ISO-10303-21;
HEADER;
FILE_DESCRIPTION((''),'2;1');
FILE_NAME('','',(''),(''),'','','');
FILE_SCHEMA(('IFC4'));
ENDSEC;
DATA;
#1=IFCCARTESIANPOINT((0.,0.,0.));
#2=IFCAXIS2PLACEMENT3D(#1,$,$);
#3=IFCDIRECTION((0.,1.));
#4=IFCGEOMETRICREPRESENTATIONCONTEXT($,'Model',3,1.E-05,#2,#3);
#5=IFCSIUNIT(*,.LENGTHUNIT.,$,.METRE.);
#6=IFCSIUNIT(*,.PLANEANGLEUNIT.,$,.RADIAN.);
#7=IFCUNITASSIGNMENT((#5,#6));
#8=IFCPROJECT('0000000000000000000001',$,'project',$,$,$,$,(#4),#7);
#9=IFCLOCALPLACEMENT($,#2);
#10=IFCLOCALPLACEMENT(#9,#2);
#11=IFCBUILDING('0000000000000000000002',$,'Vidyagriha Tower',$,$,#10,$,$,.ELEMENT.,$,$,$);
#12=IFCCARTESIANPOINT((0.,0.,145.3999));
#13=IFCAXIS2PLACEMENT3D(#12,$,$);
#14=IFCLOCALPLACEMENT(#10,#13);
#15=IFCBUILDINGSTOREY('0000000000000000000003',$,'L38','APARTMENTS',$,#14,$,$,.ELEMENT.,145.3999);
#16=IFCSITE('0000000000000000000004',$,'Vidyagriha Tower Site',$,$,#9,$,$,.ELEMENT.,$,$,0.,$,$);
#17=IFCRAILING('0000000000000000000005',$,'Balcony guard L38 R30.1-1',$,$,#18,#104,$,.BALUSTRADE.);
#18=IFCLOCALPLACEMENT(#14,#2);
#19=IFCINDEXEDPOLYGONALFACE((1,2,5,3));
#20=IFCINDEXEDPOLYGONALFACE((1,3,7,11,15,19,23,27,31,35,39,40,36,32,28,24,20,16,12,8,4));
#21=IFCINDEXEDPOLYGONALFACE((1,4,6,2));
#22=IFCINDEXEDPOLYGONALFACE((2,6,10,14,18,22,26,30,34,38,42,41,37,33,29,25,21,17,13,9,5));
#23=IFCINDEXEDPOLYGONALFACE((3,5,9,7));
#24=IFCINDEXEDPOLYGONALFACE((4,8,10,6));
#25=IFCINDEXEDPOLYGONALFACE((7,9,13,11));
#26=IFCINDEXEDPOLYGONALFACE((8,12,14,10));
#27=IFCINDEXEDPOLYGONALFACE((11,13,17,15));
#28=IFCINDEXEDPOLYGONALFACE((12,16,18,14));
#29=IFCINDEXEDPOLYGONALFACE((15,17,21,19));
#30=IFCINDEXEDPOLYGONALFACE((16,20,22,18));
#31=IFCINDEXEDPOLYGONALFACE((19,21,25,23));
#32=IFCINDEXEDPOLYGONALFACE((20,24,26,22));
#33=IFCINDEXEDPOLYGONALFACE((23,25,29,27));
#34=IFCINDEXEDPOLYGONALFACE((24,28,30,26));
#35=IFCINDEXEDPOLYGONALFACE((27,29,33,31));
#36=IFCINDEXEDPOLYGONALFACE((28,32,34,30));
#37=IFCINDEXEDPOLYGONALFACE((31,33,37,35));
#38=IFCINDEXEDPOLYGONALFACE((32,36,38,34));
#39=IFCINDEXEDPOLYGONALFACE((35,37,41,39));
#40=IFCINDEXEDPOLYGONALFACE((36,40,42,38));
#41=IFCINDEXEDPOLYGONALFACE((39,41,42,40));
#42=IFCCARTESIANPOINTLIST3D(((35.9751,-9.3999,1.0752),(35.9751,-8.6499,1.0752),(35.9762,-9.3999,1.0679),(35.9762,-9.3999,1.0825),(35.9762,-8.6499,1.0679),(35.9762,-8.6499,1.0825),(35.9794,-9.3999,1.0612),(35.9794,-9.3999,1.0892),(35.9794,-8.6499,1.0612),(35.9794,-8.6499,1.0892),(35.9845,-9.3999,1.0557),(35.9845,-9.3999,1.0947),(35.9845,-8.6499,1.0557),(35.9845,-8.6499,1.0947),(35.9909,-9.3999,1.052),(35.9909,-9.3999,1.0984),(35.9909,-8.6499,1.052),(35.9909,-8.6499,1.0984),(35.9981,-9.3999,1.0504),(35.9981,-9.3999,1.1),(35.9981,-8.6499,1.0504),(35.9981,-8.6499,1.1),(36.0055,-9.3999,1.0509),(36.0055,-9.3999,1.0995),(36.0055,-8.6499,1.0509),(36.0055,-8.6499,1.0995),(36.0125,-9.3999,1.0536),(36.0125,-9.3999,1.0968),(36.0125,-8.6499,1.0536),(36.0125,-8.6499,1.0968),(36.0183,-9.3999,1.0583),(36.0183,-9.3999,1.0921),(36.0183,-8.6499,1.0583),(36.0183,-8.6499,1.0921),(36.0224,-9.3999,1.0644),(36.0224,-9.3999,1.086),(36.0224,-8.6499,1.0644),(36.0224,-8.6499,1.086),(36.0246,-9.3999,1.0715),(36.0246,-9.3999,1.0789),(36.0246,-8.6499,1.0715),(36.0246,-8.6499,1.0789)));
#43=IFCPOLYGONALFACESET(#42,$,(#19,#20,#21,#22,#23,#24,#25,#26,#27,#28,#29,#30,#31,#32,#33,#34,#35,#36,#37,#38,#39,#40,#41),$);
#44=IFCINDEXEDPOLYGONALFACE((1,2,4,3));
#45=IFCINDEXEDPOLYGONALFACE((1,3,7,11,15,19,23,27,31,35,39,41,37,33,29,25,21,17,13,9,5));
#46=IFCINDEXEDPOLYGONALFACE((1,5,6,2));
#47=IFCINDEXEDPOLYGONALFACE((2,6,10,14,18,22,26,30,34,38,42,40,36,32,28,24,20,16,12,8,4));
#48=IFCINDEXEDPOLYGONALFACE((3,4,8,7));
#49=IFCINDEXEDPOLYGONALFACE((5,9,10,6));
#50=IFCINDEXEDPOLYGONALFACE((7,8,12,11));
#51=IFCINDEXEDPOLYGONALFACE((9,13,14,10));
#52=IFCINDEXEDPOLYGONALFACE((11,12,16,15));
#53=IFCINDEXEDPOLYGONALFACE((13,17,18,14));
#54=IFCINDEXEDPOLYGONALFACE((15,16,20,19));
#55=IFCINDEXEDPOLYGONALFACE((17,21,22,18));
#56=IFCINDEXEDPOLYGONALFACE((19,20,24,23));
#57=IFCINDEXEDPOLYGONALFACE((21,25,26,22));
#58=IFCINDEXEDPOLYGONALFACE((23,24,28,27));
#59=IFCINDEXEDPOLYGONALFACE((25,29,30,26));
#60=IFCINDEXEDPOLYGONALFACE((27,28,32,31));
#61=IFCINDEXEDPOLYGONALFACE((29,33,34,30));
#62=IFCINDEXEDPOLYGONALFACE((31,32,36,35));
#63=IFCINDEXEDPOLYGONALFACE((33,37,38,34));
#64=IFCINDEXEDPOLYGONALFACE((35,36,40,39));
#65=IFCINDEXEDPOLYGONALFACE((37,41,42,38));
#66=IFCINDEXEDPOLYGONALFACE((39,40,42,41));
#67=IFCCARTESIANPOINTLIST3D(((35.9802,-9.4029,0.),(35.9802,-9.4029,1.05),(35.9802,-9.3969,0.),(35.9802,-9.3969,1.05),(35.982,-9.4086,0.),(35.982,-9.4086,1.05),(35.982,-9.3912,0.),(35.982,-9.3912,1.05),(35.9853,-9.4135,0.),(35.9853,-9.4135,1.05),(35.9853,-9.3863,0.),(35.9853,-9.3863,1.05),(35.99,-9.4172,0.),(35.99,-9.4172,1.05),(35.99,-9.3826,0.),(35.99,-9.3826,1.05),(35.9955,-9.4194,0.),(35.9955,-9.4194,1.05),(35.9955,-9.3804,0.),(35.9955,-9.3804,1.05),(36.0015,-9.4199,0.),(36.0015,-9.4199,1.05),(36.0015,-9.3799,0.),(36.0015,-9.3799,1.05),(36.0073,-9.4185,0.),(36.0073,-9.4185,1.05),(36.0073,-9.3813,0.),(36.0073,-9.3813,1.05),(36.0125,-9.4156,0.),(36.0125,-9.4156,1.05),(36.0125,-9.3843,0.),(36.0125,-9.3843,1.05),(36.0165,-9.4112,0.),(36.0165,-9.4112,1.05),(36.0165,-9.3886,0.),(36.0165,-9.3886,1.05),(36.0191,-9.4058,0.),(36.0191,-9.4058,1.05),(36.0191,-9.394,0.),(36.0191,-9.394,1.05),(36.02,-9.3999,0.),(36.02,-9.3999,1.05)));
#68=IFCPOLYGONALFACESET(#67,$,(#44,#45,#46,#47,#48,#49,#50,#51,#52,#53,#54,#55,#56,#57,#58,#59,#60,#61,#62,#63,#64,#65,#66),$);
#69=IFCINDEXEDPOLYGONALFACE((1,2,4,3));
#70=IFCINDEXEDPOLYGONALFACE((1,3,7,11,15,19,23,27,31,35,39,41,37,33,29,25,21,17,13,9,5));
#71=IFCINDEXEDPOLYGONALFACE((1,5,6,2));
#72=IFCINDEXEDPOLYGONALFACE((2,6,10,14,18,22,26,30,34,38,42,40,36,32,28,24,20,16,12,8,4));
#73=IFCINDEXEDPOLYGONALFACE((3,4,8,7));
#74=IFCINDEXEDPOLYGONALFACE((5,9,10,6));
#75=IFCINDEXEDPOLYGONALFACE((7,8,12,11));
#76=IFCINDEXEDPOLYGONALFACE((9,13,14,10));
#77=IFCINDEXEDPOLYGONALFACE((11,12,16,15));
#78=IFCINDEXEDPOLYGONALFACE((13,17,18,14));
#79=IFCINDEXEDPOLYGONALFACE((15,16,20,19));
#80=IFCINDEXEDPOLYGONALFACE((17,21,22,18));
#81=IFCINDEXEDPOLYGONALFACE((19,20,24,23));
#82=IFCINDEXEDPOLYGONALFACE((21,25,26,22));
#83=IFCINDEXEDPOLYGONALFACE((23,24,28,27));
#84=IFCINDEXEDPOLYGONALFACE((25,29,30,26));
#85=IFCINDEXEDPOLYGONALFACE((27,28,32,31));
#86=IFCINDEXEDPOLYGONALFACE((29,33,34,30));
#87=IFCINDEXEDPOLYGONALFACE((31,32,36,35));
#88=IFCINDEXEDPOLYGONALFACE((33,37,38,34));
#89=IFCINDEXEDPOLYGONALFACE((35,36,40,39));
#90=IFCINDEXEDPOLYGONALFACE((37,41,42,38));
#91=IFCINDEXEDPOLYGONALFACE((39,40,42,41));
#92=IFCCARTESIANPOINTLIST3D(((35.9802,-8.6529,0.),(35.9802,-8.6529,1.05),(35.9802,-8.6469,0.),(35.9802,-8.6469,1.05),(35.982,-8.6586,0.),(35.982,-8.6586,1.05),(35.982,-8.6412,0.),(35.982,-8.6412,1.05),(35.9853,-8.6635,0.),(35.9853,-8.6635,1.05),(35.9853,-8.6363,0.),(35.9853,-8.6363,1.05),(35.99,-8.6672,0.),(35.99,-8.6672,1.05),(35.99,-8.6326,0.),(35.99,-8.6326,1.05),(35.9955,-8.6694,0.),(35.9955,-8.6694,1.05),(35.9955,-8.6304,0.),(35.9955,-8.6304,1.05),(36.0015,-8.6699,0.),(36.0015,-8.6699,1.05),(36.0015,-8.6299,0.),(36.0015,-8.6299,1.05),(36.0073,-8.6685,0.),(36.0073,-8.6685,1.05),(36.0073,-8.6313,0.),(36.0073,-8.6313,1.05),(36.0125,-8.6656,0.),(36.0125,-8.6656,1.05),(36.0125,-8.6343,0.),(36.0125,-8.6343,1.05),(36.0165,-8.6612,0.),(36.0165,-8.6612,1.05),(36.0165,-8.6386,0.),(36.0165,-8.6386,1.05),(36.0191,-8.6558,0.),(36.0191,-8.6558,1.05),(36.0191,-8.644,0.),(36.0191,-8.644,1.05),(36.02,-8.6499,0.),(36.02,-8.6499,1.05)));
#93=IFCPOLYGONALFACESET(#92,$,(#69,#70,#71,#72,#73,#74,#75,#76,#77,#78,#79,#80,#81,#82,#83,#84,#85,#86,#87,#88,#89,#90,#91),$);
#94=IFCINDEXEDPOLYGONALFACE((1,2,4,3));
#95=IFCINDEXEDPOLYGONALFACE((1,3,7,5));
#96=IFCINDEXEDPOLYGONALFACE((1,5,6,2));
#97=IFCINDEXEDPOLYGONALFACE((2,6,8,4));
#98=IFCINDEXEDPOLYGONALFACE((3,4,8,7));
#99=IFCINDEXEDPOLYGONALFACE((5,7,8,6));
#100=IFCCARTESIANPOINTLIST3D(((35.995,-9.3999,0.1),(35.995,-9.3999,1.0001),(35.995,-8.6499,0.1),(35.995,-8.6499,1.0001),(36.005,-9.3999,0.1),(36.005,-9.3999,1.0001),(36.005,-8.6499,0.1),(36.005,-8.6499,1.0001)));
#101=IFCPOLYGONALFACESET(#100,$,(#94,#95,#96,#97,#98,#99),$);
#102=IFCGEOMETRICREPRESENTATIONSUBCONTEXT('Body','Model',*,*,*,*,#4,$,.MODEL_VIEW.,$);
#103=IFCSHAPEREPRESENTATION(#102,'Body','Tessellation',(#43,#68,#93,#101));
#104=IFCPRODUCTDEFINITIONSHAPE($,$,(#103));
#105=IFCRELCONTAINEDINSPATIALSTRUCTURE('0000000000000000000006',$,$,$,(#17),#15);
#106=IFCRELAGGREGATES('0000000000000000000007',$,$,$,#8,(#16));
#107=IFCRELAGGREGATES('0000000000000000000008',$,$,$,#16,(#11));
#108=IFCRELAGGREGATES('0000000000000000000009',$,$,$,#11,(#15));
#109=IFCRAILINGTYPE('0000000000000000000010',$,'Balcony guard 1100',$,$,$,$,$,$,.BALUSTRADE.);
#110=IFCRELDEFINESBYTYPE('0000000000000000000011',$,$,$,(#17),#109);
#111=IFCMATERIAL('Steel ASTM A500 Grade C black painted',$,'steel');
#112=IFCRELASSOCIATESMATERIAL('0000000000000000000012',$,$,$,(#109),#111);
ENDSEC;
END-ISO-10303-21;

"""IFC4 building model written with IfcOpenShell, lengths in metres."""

from ifc_helpers import new_model, si_unit, direction, frame, origin, origin_2d, place, context, subcontext, project, spatial, rectangle, circle, extrude, material, type_object, element, save


model = new_model("IFC4")

# Units and contexts
model_context = context("Model", 3, precision=1e-05, world=origin(), true_north=direction((0.0, 1.0)))
body_context = subcontext(model_context, "Body", "Model", "MODEL_VIEW")
ifc_project = project(units=[si_unit("LENGTHUNIT", "METRE"), si_unit("PLANEANGLEUNIT", "RADIAN")], contexts=[model_context])

# Site, building, storey
site_placement = place(None, origin())
site = spatial("IfcSite", under=ifc_project, at=site_placement, Name="Vidyagriha Tower Site", CompositionType="ELEMENT", RefElevation=0.0)
building_placement = place(site_placement, origin())
building = spatial("IfcBuilding", under=site, at=building_placement, Name="Vidyagriha Tower", CompositionType="ELEMENT")
storey_placement = place(building_placement, frame((0.0, 0.0, 145.3999)))
storey = spatial("IfcBuildingStorey", under=building, at=storey_placement, Name="L38", Description="APARTMENTS", CompositionType="ELEMENT", Elevation=145.3999)

# Railing
ifc_material_1 = material(Name="Steel ASTM A500 Grade C black painted", Category="steel")
railing_type_1 = type_object("IfcRailingType", Name="Balcony guard 1100", PredefinedType="BALUSTRADE", material=ifc_material_1)
railing_1_placement = place(storey_placement, frame((36.0, -9.3999, 0.0)))
element("IfcRailing", 1, at=railing_1_placement, inside=storey, type_object=railing_type_1, Name="Balcony guard L38 R30.1-1", PredefinedType="BALUSTRADE", context=body_context, shape_type="SweptSolid", body=[
    extrude(circle(Radius=0.0249, at=origin_2d()), frame((0.0, 0.0, 1.0752), z_axis=(0.0, 1.0, 0.0), x_axis=(-1.0, 0.0, 0.0)), (0.0, 0.0, 1.0), 0.75),
    extrude(circle(Radius=0.02, at=origin_2d()), origin(), (0.0, 0.0, 1.0), 1.05),
    extrude(circle(Radius=0.02, at=origin_2d()), frame((0.0, 0.75, 0.0)), (0.0, 0.0, 1.0), 1.05),
    extrude(rectangle(XDim=0.01, YDim=0.9001, at=origin_2d()), frame((0.0, 0.0, 0.55), z_axis=(0.0, 1.0, 0.0), x_axis=(-1.0, 0.0, 0.0)), (0.0, 0.0, 1.0), 0.75),
])

save(model, "model.ifc")
